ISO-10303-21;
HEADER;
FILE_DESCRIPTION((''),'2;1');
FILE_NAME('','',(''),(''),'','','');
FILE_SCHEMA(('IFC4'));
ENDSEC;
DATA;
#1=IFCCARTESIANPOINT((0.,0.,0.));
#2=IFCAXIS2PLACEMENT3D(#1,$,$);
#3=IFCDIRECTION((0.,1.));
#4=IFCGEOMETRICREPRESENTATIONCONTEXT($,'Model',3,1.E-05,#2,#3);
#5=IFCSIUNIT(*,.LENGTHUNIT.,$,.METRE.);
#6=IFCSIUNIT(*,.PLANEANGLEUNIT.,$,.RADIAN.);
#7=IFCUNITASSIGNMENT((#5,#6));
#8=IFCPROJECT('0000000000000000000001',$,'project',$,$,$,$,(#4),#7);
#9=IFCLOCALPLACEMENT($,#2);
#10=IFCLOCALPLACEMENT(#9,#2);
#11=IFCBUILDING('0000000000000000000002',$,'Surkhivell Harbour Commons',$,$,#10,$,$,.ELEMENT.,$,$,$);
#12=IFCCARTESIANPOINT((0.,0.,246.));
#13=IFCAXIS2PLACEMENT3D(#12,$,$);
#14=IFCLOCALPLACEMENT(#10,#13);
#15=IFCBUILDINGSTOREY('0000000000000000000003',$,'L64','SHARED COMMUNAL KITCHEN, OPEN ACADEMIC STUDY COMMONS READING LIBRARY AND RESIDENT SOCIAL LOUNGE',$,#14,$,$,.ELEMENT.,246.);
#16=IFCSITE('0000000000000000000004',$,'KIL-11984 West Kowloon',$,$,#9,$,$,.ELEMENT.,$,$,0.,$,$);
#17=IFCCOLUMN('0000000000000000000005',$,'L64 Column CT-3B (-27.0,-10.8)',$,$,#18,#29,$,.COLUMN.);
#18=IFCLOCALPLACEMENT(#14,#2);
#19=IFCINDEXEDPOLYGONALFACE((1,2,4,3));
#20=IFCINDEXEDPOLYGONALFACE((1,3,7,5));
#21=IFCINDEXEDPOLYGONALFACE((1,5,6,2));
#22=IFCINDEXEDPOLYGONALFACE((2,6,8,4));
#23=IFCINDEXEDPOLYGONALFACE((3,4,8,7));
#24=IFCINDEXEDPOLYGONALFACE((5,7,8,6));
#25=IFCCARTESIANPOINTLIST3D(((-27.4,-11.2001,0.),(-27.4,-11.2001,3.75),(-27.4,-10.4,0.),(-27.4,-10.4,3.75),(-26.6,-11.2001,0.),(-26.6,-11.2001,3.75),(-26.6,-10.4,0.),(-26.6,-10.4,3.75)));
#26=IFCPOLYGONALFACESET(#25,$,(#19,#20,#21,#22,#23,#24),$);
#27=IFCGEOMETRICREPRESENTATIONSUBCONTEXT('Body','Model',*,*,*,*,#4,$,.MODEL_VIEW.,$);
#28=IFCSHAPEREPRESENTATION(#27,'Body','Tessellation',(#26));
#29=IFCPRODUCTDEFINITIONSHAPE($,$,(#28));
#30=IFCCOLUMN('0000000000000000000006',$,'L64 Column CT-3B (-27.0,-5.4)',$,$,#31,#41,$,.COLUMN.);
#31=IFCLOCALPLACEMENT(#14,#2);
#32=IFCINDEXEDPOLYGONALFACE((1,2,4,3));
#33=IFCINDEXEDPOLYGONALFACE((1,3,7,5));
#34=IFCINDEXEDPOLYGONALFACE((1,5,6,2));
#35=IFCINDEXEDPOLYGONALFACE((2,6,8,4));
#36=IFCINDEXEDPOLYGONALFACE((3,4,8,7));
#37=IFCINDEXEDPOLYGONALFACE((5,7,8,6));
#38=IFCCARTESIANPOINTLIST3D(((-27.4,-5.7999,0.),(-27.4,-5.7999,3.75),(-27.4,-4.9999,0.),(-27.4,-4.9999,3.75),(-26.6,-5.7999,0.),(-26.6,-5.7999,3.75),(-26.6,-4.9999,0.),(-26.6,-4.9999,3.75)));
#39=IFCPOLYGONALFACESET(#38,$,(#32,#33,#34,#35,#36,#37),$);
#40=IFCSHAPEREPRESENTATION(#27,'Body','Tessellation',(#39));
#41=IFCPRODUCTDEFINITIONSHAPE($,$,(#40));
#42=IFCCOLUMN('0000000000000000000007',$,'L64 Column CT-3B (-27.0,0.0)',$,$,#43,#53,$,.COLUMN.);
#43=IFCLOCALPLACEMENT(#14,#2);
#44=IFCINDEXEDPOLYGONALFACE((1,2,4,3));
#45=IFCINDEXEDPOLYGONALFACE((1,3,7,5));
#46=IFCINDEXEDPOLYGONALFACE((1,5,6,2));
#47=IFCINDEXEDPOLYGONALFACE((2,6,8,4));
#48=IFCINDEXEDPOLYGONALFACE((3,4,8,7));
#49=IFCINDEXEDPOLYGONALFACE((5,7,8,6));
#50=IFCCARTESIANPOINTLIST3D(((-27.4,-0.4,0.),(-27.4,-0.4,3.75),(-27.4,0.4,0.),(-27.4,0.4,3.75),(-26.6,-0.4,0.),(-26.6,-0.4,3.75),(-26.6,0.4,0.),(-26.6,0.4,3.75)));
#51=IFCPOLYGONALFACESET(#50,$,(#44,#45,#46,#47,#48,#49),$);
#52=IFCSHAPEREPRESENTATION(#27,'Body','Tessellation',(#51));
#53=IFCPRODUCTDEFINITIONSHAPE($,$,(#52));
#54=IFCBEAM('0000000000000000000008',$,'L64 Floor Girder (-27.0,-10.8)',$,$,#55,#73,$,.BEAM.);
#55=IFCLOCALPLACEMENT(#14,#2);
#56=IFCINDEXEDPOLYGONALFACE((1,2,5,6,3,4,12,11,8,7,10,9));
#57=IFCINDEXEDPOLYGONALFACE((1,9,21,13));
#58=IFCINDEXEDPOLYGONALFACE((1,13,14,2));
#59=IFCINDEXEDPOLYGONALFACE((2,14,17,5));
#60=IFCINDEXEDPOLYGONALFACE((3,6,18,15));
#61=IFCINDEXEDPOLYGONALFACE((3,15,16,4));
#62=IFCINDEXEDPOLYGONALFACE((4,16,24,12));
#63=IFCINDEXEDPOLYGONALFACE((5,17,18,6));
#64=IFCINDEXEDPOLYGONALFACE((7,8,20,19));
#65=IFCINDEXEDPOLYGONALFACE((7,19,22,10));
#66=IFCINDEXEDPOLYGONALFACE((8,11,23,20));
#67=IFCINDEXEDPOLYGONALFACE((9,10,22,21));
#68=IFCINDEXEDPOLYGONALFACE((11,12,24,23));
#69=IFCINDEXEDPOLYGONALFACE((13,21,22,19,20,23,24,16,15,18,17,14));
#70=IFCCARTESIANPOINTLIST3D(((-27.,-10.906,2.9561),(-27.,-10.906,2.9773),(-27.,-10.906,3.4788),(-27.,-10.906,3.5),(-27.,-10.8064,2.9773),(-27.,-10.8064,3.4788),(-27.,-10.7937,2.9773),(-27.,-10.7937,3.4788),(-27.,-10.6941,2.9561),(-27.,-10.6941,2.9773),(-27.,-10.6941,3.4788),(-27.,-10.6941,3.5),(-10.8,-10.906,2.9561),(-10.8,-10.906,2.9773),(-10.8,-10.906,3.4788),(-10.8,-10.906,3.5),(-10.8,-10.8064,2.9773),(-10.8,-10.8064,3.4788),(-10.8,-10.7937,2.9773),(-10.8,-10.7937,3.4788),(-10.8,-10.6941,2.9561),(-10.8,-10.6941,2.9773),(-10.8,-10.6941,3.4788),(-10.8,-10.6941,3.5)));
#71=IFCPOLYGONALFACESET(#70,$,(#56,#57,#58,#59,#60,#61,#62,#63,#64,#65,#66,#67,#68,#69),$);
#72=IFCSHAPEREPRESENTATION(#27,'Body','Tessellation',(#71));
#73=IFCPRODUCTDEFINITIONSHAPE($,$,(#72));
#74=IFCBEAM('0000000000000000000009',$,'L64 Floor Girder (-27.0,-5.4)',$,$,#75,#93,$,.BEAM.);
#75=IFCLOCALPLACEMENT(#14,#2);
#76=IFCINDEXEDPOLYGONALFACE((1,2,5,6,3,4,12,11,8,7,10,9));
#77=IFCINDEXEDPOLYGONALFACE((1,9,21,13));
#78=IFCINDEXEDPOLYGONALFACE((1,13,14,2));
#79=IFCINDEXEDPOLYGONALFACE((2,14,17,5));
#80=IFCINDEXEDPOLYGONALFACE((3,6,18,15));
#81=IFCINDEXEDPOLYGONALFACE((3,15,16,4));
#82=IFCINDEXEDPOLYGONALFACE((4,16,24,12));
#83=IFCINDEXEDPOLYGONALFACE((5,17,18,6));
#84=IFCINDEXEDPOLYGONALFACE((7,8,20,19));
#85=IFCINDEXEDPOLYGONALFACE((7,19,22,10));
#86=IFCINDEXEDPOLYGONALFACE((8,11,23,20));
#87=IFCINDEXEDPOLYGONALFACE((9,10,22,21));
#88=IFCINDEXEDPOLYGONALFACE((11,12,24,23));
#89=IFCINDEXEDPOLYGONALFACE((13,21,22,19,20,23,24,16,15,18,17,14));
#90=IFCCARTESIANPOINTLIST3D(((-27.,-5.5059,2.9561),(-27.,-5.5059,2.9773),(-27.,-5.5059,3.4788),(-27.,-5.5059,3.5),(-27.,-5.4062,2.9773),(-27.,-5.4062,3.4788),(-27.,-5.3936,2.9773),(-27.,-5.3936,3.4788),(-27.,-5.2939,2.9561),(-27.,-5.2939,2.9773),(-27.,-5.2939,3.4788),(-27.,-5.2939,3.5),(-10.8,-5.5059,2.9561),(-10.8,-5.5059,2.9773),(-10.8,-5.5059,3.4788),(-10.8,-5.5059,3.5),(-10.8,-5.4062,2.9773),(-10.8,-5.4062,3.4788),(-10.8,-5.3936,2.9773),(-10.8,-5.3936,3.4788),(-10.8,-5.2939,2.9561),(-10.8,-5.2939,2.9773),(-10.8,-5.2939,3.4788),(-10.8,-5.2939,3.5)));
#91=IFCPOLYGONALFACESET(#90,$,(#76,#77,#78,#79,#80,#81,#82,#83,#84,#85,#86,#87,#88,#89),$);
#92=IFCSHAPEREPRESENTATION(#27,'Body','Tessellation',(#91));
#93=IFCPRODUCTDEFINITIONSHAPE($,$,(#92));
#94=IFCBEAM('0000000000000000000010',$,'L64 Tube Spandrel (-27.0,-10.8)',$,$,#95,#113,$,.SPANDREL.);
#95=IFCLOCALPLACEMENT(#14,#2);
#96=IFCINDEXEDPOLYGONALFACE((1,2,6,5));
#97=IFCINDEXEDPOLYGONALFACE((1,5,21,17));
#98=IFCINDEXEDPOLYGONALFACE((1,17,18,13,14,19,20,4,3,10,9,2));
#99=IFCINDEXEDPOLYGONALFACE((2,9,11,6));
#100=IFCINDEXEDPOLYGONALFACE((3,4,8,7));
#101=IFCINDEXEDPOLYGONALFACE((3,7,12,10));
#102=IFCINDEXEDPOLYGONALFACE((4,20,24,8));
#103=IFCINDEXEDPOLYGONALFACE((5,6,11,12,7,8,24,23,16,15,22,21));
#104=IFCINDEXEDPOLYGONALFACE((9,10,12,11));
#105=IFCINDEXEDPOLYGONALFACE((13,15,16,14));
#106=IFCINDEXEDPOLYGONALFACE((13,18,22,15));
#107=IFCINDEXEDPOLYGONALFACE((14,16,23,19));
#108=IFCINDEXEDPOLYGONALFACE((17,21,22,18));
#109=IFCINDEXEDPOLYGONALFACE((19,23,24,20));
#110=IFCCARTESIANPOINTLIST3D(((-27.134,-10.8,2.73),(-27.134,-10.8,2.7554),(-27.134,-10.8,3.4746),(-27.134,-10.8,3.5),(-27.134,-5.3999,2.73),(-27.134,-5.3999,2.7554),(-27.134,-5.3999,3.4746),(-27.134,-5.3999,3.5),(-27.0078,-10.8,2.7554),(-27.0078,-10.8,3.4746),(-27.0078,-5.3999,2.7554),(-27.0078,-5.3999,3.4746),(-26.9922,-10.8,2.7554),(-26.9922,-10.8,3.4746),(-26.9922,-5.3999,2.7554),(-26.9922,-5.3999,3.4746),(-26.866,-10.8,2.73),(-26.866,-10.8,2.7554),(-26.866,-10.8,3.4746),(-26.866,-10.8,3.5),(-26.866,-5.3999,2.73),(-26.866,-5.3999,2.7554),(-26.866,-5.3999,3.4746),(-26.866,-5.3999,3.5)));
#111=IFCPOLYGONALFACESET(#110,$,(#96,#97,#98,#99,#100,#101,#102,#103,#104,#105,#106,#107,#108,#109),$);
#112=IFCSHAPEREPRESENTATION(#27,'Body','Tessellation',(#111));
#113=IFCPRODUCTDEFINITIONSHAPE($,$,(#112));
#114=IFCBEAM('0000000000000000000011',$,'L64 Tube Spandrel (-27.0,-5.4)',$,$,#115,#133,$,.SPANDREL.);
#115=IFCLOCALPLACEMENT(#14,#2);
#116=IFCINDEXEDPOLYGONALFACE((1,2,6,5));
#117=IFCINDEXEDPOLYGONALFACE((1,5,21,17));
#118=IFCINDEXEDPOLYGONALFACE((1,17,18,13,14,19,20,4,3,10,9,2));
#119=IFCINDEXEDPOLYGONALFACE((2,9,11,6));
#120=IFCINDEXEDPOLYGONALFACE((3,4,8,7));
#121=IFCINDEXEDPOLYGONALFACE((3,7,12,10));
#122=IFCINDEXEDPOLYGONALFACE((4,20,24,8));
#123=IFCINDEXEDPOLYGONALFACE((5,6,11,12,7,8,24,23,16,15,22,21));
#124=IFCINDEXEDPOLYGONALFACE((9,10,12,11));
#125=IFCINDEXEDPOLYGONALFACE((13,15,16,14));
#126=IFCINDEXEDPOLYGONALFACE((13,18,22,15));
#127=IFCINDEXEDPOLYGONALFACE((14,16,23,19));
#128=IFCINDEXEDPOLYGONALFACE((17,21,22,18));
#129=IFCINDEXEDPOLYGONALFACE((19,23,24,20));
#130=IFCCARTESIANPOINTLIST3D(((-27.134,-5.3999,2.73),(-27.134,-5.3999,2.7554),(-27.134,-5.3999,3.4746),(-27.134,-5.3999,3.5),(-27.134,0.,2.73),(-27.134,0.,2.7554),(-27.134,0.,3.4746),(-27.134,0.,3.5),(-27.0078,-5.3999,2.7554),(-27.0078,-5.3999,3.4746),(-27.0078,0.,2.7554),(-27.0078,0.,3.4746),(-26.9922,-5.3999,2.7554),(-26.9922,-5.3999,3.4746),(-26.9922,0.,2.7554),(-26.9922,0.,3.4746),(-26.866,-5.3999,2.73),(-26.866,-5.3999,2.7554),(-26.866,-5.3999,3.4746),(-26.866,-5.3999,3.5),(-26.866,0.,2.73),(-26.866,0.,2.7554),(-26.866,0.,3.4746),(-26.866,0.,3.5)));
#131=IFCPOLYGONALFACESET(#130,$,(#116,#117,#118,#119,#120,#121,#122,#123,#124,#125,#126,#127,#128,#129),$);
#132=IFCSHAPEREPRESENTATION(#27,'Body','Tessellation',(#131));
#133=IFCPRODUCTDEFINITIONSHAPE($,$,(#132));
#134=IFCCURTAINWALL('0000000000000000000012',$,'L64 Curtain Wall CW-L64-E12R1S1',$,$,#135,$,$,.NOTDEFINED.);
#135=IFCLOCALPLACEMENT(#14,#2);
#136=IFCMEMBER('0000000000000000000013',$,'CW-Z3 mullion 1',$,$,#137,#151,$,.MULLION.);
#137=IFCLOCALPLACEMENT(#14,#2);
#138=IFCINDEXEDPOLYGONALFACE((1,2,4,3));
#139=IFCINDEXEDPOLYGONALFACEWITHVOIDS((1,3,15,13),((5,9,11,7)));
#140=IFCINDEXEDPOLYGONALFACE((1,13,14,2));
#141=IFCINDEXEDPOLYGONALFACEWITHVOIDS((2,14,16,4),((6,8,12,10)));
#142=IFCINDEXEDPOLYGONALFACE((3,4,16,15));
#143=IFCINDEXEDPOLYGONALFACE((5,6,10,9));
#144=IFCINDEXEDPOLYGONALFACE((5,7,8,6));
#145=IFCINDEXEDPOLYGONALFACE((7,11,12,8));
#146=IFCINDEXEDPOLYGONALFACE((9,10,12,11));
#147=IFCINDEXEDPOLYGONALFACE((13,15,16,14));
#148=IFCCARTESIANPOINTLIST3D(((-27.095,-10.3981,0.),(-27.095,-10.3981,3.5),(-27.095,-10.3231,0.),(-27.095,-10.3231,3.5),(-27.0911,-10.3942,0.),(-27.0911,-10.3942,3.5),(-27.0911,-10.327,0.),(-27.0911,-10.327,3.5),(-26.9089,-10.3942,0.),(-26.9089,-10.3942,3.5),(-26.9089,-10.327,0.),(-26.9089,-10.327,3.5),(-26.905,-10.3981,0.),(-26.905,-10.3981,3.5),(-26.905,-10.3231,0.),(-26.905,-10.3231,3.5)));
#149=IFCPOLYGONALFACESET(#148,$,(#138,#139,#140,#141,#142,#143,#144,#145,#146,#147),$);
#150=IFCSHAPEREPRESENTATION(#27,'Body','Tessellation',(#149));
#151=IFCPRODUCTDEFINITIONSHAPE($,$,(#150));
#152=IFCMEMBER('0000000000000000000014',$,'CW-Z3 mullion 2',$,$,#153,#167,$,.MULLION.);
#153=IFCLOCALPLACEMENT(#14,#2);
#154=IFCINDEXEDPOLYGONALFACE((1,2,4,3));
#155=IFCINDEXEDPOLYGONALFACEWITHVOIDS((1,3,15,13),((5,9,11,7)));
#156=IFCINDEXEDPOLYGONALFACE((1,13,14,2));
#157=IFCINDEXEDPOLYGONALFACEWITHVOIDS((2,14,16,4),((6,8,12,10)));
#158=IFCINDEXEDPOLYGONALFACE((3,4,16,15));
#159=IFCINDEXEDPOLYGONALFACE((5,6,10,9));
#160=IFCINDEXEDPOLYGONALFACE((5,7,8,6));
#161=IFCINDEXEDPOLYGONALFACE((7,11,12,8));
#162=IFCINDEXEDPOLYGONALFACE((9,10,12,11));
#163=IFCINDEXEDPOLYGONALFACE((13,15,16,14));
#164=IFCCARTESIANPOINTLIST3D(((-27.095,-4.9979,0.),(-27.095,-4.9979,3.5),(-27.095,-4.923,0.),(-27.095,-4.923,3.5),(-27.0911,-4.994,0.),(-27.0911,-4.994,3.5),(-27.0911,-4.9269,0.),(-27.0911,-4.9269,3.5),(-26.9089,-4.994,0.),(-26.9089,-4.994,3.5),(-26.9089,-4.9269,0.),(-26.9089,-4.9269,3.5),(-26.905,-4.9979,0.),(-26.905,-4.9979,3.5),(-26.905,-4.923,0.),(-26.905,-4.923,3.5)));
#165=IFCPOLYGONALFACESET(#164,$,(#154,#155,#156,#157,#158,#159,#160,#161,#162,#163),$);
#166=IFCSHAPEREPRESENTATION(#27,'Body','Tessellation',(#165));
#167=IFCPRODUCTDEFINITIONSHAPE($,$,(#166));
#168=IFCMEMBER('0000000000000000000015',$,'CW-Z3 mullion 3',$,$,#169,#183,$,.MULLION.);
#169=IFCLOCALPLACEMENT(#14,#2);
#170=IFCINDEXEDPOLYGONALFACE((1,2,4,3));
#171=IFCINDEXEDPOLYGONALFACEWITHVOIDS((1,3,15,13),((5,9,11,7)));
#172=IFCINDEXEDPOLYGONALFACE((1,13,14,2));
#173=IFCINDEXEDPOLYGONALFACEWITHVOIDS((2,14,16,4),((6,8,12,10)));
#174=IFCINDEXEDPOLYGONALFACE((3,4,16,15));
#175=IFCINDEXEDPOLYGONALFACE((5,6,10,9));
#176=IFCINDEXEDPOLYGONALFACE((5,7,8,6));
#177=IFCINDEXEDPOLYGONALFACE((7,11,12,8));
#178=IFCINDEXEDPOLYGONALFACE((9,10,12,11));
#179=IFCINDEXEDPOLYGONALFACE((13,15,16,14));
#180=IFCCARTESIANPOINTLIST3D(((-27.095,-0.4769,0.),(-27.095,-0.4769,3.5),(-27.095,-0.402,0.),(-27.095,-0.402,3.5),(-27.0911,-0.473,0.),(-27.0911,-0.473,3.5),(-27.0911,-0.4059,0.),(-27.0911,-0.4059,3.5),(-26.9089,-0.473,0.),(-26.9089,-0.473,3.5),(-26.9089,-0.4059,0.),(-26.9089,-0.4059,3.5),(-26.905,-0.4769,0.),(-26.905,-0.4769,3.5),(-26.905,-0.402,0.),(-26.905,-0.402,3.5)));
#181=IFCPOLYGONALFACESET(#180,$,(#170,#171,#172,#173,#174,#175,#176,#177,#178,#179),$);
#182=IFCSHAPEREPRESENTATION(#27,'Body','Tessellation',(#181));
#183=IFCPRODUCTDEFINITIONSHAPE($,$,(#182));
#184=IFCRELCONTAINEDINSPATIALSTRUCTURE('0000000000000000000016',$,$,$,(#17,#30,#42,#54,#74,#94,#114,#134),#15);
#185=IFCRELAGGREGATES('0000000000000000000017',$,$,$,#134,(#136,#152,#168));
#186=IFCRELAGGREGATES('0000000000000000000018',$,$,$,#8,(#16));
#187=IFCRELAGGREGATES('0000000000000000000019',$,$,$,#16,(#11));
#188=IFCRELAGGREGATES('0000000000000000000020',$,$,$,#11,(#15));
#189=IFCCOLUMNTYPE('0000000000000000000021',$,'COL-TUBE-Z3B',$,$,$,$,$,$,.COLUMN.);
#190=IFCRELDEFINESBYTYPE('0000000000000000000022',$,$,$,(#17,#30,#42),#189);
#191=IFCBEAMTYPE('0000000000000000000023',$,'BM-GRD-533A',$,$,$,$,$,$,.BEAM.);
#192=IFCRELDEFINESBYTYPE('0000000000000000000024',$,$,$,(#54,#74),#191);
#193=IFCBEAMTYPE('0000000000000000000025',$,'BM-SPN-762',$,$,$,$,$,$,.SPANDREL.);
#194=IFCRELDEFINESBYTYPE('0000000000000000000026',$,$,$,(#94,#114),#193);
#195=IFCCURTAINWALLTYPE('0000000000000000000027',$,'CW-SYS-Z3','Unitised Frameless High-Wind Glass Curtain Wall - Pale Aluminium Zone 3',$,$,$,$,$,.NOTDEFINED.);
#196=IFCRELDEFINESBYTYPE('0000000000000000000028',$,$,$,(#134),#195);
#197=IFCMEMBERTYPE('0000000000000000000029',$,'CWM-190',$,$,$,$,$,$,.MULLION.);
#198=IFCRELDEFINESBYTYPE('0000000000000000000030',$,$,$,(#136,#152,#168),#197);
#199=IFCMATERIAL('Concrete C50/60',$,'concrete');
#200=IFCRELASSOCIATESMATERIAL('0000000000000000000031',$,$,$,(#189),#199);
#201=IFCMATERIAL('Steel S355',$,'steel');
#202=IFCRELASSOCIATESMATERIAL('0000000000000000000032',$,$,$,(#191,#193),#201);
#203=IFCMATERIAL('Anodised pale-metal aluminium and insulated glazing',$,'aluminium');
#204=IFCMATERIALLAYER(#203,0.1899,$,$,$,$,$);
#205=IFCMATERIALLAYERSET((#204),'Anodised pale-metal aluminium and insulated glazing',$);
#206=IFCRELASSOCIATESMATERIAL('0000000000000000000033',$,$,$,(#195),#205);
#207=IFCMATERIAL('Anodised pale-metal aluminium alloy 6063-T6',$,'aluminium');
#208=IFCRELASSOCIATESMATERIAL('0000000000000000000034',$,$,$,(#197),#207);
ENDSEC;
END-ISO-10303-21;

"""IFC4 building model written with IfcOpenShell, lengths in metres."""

from ifc_helpers import new_model, si_unit, direction, frame, origin, origin_2d, place, context, subcontext, project, spatial, rectangle, hollow_rectangle, i_section, extrude, material, layer, layer_set, material_profile, profile_set, type_object, element, aggregate, save


model = new_model("IFC4")

# Units and contexts
model_context = context("Model", 3, precision=1e-05, world=origin(), true_north=direction((0.0, 1.0)))
body_context = subcontext(model_context, "Body", "Model", "MODEL_VIEW")
ifc_project = project(units=[si_unit("LENGTHUNIT", "METRE"), si_unit("PLANEANGLEUNIT", "RADIAN")], contexts=[model_context])

# Site, building, storey
site_placement = place(None, origin())
site = spatial("IfcSite", under=ifc_project, at=site_placement, Name="KIL-11984 West Kowloon", CompositionType="ELEMENT", RefElevation=0.0)
building_placement = place(site_placement, origin())
building = spatial("IfcBuilding", under=site, at=building_placement, Name="Surkhivell Harbour Commons", CompositionType="ELEMENT")
storey_placement = place(building_placement, frame((0.0, 0.0, 246.0)))
storey = spatial("IfcBuildingStorey", under=building, at=storey_placement, Name="L64", Description="SHARED COMMUNAL KITCHEN, OPEN ACADEMIC STUDY COMMONS READING LIBRARY AND RESIDENT SOCIAL LOUNGE", CompositionType="ELEMENT", Elevation=246.0)

# Columns
ifc_material_1 = material(Name="Concrete C50/60", Category="concrete")
ifc_material_profile_1 = material_profile(ifc_material_1, rectangle(XDim=0.8, YDim=0.8, at=origin_2d()), Name="RC-COL-800x800")
ifc_profile_set_1 = profile_set([ifc_material_profile_1], Name="Concrete C50/60")
column_type = type_object("IfcColumnType", Name="COL-TUBE-Z3B", PredefinedType="COLUMN", material=ifc_profile_set_1)
for number, where, z_axis, x_axis, name in (
    (1, (-27.0, -10.8, 0.0), (0.0, 0.0, 1.0), (1.0, 0.0, 0.0), "L64 Column CT-3B (-27.0,-10.8)"),
    (2, (-27.0, -5.3999, 0.0), (0.0, 0.0, 1.0), (1.0, 0.0, 0.0), "L64 Column CT-3B (-27.0,-5.4)"),
    (3, (-27.0, 0.0, 0.0), (0.0, 0.0, 1.0), (1.0, 0.0, 0.0), "L64 Column CT-3B (-27.0,0.0)"),
):
    element("IfcColumn", number, at=place(storey_placement, frame(where, z_axis=z_axis, x_axis=x_axis)), inside=storey, type_object=column_type, Name=name, PredefinedType="COLUMN", context=body_context, shape_type="SweptSolid", body=[
        extrude(rectangle(XDim=0.8, YDim=0.8, at=origin_2d()), origin(), (0.0, 0.0, 1.0), 3.75),
    ])

# Beams
ifc_material_2 = material(Name="Steel S355", Category="steel")
ifc_material_profile_2 = material_profile(ifc_material_2, i_section(OverallWidth=0.2119, OverallDepth=0.5439, WebThickness=0.0127, FlangeThickness=0.0212, at=origin_2d()), Name="UB533x210x122")
ifc_profile_set_2 = profile_set([ifc_material_profile_2], Name="Steel S355")
beam_type_1 = type_object("IfcBeamType", Name="BM-GRD-533A", PredefinedType="BEAM", material=ifc_profile_set_2)
for number, where, z_axis, x_axis, name in (
    (4, (-27.0, -10.8, 3.228), (1.0, 0.0, 0.0), (0.0, 1.0, 0.0), "L64 Floor Girder (-27.0,-10.8)"),
    (5, (-27.0, -5.3999, 3.228), (1.0, 0.0, 0.0), (0.0, 1.0, 0.0), "L64 Floor Girder (-27.0,-5.4)"),
):
    element("IfcBeam", number, at=place(storey_placement, frame(where, z_axis=z_axis, x_axis=x_axis)), inside=storey, type_object=beam_type_1, Name=name, PredefinedType="BEAM", context=body_context, shape_type="SweptSolid", body=[
        extrude(i_section(OverallWidth=0.2119, OverallDepth=0.5439, WebThickness=0.0127, FlangeThickness=0.0212, at=origin_2d()), origin(), (0.0, 0.0, 1.0), 16.2),
    ])
ifc_material_profile_3 = material_profile(ifc_material_2, i_section(OverallWidth=0.2681, OverallDepth=0.77, WebThickness=0.0156, FlangeThickness=0.0254, at=origin_2d()), Name="UB762x267x197")
ifc_profile_set_3 = profile_set([ifc_material_profile_3], Name="Steel S355")
beam_type_2 = type_object("IfcBeamType", Name="BM-SPN-762", PredefinedType="SPANDREL", material=ifc_profile_set_3)
beam_1_placement = place(storey_placement, frame((-27.0, -10.8, 3.115), z_axis=(0.0, 1.0, 0.0), x_axis=(-1.0, 0.0, 0.0)))
element("IfcBeam", 6, at=beam_1_placement, inside=storey, type_object=beam_type_2, Name="L64 Tube Spandrel (-27.0,-10.8)", PredefinedType="SPANDREL", context=body_context, shape_type="SweptSolid", body=[
    extrude(i_section(OverallWidth=0.2681, OverallDepth=0.77, WebThickness=0.0156, FlangeThickness=0.0254, at=origin_2d()), origin(), (0.0, 0.0, 1.0), 5.4001),
])
beam_2_placement = place(storey_placement, frame((-27.0, -5.3999, 3.115), z_axis=(0.0, 1.0, 0.0), x_axis=(-1.0, 0.0, 0.0)))
element("IfcBeam", 7, at=beam_2_placement, inside=storey, type_object=beam_type_2, Name="L64 Tube Spandrel (-27.0,-5.4)", PredefinedType="SPANDREL", context=body_context, shape_type="SweptSolid", body=[
    extrude(i_section(OverallWidth=0.2681, OverallDepth=0.77, WebThickness=0.0156, FlangeThickness=0.0254, at=origin_2d()), origin(), (0.0, 0.0, 1.0), 5.3999),
])

# Curtain wall, members
ifc_material_3 = material(Name="Anodised pale-metal aluminium and insulated glazing", Category="aluminium")
ifc_layer_1 = layer(ifc_material_3, 0.1899)
ifc_layer_set_1 = layer_set([ifc_layer_1], Name="Anodised pale-metal aluminium and insulated glazing")
curtain_wall_type = type_object("IfcCurtainWallType", Name="CW-SYS-Z3", Description="Unitised Frameless High-Wind Glass Curtain Wall - Pale Aluminium Zone 3", PredefinedType="NOTDEFINED", material=ifc_layer_set_1)
curtain_wall_placement = place(storey_placement, origin())
curtain_wall = element("IfcCurtainWall", 8, at=curtain_wall_placement, inside=storey, type_object=curtain_wall_type, Name="L64 Curtain Wall CW-L64-E12R1S1", PredefinedType="NOTDEFINED")
ifc_material_4 = material(Name="Anodised pale-metal aluminium alloy 6063-T6", Category="aluminium")
ifc_material_profile_4 = material_profile(ifc_material_4, hollow_rectangle(XDim=0.075, YDim=0.1899, WallThickness=0.0039, at=origin_2d()), Name="ALU-MULL-75x190")
ifc_profile_set_4 = profile_set([ifc_material_profile_4], Name="Anodised pale-metal aluminium alloy 6063-T6")
member_type_1 = type_object("IfcMemberType", Name="CWM-190", PredefinedType="MULLION", material=ifc_profile_set_4)
member_1_placement = place(storey_placement, frame((-27.0, -10.3606, 0.0), z_axis=(0.0, 0.0, 1.0), x_axis=(0.0, 1.0, 0.0)))
member_1 = element("IfcMember", 9, at=member_1_placement, type_object=member_type_1, Name="CW-Z3 mullion 1", PredefinedType="MULLION", context=body_context, shape_type="SweptSolid", body=[
    extrude(hollow_rectangle(XDim=0.075, YDim=0.1899, WallThickness=0.0039, at=origin_2d()), origin(), (0.0, 0.0, 1.0), 3.5),
])
member_2_placement = place(storey_placement, frame((-27.0, -4.9604, 0.0), z_axis=(0.0, 0.0, 1.0), x_axis=(0.0, 1.0, 0.0)))
member_2 = element("IfcMember", 10, at=member_2_placement, type_object=member_type_1, Name="CW-Z3 mullion 2", PredefinedType="MULLION", context=body_context, shape_type="SweptSolid", body=[
    extrude(hollow_rectangle(XDim=0.075, YDim=0.1899, WallThickness=0.0039, at=origin_2d()), origin(), (0.0, 0.0, 1.0), 3.5),
])
member_3_placement = place(storey_placement, frame((-27.0, -0.4395, 0.0), z_axis=(0.0, 0.0, 1.0), x_axis=(0.0, 1.0, 0.0)))
member_3 = element("IfcMember", 11, at=member_3_placement, type_object=member_type_1, Name="CW-Z3 mullion 3", PredefinedType="MULLION", context=body_context, shape_type="SweptSolid", body=[
    extrude(hollow_rectangle(XDim=0.075, YDim=0.1899, WallThickness=0.0039, at=origin_2d()), origin(), (0.0, 0.0, 1.0), 3.5),
])

aggregate(curtain_wall, [member_1, member_2, member_3])

save(model, "model.ifc")
